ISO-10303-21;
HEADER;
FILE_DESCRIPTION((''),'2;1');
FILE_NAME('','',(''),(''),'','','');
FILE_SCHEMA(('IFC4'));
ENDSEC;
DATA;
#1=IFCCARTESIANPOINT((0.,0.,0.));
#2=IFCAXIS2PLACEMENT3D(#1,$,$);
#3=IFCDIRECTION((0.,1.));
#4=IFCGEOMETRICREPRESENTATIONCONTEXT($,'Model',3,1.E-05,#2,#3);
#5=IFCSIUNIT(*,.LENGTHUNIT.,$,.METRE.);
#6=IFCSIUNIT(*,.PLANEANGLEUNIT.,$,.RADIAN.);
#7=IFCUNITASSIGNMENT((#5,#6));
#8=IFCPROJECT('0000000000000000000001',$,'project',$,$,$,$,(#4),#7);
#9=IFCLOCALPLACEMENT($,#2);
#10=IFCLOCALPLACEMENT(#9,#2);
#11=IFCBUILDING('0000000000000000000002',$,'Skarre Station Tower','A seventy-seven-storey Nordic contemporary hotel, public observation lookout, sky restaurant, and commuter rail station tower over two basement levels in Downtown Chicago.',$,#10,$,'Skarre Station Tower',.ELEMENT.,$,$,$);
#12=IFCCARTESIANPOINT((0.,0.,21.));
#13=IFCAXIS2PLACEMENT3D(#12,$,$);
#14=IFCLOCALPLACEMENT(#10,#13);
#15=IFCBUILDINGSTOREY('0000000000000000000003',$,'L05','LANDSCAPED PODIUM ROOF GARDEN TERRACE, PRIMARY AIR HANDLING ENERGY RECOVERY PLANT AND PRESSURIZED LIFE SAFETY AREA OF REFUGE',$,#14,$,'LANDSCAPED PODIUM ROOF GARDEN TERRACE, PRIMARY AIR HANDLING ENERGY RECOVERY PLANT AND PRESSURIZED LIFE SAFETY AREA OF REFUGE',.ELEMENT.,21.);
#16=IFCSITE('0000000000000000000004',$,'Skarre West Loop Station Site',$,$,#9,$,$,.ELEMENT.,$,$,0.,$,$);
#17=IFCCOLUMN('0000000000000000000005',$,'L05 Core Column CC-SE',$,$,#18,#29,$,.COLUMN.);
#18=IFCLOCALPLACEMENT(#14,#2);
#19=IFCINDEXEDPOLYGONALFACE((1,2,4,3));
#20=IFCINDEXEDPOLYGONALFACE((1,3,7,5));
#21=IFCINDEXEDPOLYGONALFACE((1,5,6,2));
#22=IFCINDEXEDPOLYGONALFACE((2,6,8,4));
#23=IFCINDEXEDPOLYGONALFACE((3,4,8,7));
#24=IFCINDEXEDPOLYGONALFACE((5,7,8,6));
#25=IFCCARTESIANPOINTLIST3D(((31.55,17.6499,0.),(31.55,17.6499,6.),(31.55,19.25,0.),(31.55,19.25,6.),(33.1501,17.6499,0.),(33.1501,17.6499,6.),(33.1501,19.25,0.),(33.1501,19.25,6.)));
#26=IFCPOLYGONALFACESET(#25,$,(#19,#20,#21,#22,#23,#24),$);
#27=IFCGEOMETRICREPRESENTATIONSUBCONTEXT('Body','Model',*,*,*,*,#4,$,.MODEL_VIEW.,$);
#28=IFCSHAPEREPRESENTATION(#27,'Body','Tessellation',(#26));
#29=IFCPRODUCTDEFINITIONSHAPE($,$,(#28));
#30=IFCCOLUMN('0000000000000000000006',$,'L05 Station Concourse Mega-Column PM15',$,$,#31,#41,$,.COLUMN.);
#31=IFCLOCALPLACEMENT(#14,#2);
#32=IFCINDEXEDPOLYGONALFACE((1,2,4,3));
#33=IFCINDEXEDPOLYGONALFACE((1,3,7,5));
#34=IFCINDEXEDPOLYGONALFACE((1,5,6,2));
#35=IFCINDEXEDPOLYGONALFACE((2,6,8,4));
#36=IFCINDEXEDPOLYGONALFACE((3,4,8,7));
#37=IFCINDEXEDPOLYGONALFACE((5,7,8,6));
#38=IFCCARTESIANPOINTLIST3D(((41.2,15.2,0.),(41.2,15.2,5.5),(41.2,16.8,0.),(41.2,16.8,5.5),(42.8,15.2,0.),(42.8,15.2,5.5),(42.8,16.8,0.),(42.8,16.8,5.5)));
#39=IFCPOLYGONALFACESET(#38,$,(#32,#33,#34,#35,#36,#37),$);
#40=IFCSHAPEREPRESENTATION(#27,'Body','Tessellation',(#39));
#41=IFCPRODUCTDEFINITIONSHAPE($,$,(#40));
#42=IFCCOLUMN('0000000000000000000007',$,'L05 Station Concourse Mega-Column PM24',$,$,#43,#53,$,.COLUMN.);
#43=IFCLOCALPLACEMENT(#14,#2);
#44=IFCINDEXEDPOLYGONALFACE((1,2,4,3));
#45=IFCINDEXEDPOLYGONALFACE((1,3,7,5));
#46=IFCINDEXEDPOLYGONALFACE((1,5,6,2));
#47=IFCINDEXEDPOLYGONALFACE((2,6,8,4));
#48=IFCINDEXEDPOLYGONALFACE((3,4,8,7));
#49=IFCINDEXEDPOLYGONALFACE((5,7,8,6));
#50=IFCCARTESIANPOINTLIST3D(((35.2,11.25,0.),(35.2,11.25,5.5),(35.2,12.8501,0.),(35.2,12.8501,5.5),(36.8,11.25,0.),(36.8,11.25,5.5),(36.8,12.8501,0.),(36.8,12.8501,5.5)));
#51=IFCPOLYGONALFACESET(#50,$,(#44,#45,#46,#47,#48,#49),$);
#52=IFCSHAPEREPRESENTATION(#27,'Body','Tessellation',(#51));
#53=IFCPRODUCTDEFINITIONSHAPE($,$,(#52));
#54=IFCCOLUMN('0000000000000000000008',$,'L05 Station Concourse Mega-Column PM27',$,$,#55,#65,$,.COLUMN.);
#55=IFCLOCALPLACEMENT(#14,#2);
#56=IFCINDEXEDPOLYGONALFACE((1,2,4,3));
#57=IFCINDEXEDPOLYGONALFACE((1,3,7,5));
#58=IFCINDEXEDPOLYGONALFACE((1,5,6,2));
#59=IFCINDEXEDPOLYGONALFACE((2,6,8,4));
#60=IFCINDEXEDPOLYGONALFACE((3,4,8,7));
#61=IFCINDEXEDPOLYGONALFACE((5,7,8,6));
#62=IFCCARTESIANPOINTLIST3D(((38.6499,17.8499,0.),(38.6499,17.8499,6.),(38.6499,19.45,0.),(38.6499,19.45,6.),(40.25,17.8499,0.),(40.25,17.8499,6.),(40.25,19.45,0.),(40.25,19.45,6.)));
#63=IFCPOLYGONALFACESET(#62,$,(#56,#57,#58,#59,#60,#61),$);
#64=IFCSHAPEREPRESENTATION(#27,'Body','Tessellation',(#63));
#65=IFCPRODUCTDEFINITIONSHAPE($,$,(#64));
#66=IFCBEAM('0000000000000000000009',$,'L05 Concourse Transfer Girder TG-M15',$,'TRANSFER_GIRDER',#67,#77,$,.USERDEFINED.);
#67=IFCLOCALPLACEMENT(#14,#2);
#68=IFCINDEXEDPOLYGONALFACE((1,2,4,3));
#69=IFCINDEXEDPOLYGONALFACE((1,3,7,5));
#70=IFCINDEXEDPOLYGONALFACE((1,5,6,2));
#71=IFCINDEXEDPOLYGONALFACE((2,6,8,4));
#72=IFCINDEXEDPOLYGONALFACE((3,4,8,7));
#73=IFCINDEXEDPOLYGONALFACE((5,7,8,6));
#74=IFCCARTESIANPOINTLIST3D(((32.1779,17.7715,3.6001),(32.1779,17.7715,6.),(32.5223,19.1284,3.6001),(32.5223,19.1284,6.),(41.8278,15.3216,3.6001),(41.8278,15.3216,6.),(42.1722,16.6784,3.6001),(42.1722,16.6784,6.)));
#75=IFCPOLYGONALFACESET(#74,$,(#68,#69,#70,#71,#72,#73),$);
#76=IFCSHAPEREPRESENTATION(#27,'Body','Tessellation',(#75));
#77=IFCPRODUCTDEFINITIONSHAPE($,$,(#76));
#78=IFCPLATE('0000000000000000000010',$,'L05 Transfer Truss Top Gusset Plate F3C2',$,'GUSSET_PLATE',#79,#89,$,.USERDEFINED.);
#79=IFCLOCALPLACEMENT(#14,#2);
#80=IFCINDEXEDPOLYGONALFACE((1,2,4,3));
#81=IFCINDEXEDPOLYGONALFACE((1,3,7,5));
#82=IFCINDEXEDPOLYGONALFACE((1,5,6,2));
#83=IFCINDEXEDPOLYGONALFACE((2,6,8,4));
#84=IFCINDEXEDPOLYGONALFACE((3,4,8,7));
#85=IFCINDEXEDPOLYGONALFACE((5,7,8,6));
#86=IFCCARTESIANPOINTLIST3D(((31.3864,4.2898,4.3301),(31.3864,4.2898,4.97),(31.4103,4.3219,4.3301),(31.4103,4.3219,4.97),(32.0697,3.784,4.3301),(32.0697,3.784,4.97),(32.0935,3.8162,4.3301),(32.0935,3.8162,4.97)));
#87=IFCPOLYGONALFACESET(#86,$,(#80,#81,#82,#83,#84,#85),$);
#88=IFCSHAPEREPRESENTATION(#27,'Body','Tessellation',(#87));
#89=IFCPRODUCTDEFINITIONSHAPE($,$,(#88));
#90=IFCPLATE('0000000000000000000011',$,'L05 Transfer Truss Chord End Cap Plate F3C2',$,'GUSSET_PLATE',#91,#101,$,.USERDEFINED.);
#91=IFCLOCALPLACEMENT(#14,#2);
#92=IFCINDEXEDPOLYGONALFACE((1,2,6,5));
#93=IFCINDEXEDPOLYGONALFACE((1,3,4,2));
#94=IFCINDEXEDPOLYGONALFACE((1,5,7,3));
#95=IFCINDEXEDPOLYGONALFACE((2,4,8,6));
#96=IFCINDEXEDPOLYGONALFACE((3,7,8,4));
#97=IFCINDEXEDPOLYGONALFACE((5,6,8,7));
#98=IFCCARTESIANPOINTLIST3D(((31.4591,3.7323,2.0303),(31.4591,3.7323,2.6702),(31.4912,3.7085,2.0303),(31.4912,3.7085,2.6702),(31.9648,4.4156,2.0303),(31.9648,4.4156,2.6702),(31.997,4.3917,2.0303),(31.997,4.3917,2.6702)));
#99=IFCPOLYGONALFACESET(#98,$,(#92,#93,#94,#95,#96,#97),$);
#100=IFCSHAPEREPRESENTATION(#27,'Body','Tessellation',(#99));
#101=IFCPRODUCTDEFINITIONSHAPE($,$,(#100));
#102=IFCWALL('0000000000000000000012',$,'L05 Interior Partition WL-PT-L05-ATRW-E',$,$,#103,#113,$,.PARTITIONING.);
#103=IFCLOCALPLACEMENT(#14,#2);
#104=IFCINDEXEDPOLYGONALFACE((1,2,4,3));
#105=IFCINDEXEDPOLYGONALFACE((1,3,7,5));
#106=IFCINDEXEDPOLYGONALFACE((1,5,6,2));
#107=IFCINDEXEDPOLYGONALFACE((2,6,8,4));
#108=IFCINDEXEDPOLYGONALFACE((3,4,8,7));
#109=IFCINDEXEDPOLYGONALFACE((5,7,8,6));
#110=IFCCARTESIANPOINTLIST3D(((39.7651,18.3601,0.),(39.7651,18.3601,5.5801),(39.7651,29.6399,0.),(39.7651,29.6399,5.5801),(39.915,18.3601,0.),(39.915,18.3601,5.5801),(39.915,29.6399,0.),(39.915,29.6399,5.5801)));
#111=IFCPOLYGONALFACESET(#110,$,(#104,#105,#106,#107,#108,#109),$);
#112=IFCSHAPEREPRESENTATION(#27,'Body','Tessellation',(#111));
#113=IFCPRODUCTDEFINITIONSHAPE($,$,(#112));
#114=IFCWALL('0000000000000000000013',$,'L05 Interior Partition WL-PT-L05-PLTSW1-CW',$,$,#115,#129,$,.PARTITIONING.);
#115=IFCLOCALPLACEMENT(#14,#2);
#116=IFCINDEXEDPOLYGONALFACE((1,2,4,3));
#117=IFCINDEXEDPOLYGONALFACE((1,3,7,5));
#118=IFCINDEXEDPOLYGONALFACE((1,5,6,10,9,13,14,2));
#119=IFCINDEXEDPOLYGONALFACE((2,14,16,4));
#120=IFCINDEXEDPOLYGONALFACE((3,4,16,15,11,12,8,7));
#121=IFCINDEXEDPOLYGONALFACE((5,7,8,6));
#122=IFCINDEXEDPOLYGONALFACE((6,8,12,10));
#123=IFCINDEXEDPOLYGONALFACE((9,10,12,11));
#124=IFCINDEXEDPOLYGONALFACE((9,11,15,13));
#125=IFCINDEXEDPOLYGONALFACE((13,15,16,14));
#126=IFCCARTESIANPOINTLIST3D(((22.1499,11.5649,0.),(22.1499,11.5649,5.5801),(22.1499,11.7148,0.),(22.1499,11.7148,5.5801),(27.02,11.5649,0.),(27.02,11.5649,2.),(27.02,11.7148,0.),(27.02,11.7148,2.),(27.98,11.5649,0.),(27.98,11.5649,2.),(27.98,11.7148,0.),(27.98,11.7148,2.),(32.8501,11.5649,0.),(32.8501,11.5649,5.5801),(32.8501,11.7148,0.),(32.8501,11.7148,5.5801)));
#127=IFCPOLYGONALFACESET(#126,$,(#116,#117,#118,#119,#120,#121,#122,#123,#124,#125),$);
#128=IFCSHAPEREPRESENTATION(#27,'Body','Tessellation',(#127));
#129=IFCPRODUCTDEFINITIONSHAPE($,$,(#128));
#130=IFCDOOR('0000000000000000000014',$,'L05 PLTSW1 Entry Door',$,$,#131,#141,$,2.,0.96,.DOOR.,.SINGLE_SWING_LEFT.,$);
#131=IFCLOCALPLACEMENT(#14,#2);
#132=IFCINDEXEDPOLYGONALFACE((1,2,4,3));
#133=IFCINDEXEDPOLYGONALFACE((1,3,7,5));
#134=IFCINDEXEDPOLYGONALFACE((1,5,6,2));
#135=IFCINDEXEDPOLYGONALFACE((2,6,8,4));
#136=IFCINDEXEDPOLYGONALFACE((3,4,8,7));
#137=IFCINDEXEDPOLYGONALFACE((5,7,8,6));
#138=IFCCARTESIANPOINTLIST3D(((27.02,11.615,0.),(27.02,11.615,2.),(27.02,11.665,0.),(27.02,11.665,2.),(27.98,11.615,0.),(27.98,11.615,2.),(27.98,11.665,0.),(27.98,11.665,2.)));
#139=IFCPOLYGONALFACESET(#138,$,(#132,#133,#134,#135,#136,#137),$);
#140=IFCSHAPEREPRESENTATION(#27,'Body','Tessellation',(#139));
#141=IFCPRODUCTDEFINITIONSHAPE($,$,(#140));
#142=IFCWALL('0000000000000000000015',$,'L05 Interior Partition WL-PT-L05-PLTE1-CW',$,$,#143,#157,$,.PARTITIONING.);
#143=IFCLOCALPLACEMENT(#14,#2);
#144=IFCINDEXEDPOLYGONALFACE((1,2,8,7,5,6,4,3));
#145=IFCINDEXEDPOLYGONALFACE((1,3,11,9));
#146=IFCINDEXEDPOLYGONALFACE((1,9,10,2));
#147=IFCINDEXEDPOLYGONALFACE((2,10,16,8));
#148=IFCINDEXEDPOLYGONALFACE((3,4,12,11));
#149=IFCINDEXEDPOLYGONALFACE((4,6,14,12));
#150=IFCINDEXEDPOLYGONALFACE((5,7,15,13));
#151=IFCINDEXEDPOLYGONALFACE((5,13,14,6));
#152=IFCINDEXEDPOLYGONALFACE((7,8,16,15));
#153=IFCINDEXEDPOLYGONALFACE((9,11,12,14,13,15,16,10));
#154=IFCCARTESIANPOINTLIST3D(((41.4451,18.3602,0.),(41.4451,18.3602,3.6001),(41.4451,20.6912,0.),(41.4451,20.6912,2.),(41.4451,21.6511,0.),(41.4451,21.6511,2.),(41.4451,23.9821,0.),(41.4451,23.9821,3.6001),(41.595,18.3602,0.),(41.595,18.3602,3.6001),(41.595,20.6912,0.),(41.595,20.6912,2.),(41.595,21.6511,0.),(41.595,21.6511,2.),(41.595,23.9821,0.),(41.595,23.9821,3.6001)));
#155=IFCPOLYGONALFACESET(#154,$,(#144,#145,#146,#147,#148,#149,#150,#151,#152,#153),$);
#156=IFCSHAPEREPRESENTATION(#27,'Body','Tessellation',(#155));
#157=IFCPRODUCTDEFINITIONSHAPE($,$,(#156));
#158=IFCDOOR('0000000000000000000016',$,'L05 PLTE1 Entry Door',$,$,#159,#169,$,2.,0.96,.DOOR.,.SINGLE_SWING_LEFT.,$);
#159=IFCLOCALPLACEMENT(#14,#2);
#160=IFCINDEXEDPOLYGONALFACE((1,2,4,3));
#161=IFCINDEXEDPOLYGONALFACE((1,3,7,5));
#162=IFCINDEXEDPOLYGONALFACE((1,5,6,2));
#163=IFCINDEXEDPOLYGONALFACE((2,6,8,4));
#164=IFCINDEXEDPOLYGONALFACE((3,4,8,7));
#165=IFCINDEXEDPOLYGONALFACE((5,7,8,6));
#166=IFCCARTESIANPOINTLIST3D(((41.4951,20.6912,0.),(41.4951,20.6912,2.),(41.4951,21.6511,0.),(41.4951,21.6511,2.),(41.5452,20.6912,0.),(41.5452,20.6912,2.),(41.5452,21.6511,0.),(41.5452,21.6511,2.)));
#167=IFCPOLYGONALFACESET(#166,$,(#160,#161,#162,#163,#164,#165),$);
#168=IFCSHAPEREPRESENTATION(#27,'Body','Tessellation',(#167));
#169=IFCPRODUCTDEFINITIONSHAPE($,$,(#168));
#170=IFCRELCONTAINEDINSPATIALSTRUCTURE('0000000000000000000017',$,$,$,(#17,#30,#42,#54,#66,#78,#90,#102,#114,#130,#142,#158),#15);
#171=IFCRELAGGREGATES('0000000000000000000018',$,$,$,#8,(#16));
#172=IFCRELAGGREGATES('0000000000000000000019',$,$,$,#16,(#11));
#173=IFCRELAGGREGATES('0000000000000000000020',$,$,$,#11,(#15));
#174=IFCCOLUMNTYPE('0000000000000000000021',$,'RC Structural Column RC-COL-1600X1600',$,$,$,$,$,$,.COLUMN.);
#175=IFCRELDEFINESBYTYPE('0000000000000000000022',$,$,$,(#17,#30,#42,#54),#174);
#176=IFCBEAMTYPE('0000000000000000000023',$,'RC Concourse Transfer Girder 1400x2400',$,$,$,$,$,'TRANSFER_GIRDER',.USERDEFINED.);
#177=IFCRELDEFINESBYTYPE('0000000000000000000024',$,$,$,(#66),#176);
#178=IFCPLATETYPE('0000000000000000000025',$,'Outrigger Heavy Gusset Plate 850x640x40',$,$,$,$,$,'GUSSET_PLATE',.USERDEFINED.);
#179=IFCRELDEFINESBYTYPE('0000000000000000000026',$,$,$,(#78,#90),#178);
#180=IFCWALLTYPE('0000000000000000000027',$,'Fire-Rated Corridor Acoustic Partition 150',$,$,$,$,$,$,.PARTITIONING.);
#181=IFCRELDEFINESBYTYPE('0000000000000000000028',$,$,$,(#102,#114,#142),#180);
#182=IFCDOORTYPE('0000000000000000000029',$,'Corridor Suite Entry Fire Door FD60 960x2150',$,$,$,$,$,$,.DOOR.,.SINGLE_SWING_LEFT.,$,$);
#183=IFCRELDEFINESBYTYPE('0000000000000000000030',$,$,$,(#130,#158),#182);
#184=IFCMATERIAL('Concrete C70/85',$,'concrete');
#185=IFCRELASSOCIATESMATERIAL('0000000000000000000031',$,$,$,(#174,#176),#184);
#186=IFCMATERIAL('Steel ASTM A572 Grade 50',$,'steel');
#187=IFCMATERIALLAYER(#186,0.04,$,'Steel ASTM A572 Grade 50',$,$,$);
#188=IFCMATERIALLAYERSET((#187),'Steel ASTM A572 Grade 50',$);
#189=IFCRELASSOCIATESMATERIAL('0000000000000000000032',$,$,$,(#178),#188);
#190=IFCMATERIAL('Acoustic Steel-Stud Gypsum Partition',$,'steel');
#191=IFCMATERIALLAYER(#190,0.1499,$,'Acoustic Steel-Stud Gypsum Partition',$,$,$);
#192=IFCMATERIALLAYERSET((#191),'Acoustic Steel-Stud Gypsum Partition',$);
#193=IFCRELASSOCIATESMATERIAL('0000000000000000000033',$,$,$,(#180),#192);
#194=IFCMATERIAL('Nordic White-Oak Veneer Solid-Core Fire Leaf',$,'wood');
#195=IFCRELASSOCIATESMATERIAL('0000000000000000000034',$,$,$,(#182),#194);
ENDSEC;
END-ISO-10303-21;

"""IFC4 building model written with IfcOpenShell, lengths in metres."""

from ifc_helpers import new_model, si_unit, direction, frame, frame_2d, origin, origin_2d, place, context, subcontext, project, spatial, rectangle, extrude, material, layer, layer_set, material_profile, profile_set, type_object, element, fill, save


model = new_model("IFC4")

# Units and contexts
model_context = context("Model", 3, precision=1e-05, world=origin(), true_north=direction((0.0, 1.0)))
body_context = subcontext(model_context, "Body", "Model", "MODEL_VIEW")
ifc_project = project(units=[si_unit("LENGTHUNIT", "METRE"), si_unit("PLANEANGLEUNIT", "RADIAN")], contexts=[model_context])

# Site, building, storey
site_placement = place(None, origin())
site = spatial("IfcSite", under=ifc_project, at=site_placement, Name="Skarre West Loop Station Site", CompositionType="ELEMENT", RefElevation=0.0)
building_placement = place(site_placement, origin())
building = spatial("IfcBuilding", under=site, at=building_placement, Name="Skarre Station Tower", Description="A seventy-seven-storey Nordic contemporary hotel, public observation lookout, sky restaurant, and commuter rail station tower over two basement levels in Downtown Chicago.", LongName="Skarre Station Tower", CompositionType="ELEMENT")
storey_placement = place(building_placement, frame((0.0, 0.0, 21.0)))
storey = spatial("IfcBuildingStorey", under=building, at=storey_placement, Name="L05", Description="LANDSCAPED PODIUM ROOF GARDEN TERRACE, PRIMARY AIR HANDLING ENERGY RECOVERY PLANT AND PRESSURIZED LIFE SAFETY AREA OF REFUGE", LongName="LANDSCAPED PODIUM ROOF GARDEN TERRACE, PRIMARY AIR HANDLING ENERGY RECOVERY PLANT AND PRESSURIZED LIFE SAFETY AREA OF REFUGE", CompositionType="ELEMENT", Elevation=21.0)

# Columns
ifc_material_1 = material(Name="Concrete C70/85", Category="concrete")
ifc_material_profile_1 = material_profile(ifc_material_1, rectangle(XDim=1.6001, YDim=1.6001, at=origin_2d()), Name="Concrete C70/85")
ifc_profile_set_1 = profile_set([ifc_material_profile_1], Name="Concrete C70/85")
column_type = type_object("IfcColumnType", Name="RC Structural Column RC-COL-1600X1600", PredefinedType="COLUMN", material=ifc_profile_set_1)
column_1_placement = place(storey_placement, frame((32.3501, 18.45, 0.0), z_axis=(0.0, 0.0, 1.0), x_axis=(1.0, 0.0, 0.0)))
element("IfcColumn", 1, at=column_1_placement, inside=storey, type_object=column_type, Name="L05 Core Column CC-SE", PredefinedType="COLUMN", context=body_context, shape_type="SweptSolid", body=[
    extrude(rectangle(XDim=1.6001, YDim=1.6001, at=origin_2d()), origin(), (0.0, 0.0, 1.0), 6.0),
])
for number, where, z_axis, x_axis, name in (
    (2, (42.0, 16.0, 0.0), (0.0, 0.0, 1.0), (1.0, 0.0, 0.0), "L05 Station Concourse Mega-Column PM15"),
    (3, (36.0, 12.05, 0.0), (0.0, 0.0, 1.0), (1.0, 0.0, 0.0), "L05 Station Concourse Mega-Column PM24"),
):
    element("IfcColumn", number, at=place(storey_placement, frame(where, z_axis=z_axis, x_axis=x_axis)), inside=storey, type_object=column_type, Name=name, PredefinedType="COLUMN", context=body_context, shape_type="SweptSolid", body=[
        extrude(rectangle(XDim=1.6001, YDim=1.6001, at=origin_2d()), origin(), (0.0, 0.0, 1.0), 5.5),
    ])
column_2_placement = place(storey_placement, frame((39.45, 18.6499, 0.0), z_axis=(0.0, 0.0, 1.0), x_axis=(1.0, 0.0, 0.0)))
element("IfcColumn", 4, at=column_2_placement, inside=storey, type_object=column_type, Name="L05 Station Concourse Mega-Column PM27", PredefinedType="COLUMN", context=body_context, shape_type="SweptSolid", body=[
    extrude(rectangle(XDim=1.6001, YDim=1.6001, at=origin_2d()), origin(), (0.0, 0.0, 1.0), 6.0),
])

# Beam
ifc_material_profile_2 = material_profile(ifc_material_1, rectangle(XDim=1.3999, YDim=2.3999, at=origin_2d()), Name="Concrete C70/85")
ifc_profile_set_2 = profile_set([ifc_material_profile_2], Name="Concrete C70/85")
beam_type = type_object("IfcBeamType", Name="RC Concourse Transfer Girder 1400x2400", ElementType="TRANSFER_GIRDER", PredefinedType="USERDEFINED", material=ifc_profile_set_2)
beam_placement = place(storey_placement, frame((32.3501, 18.45, 4.8), z_axis=(0.96925, -0.246077, 0.0), x_axis=(0.246077, 0.96925, 0.0)))
element("IfcBeam", 5, at=beam_placement, inside=storey, type_object=beam_type, Name="L05 Concourse Transfer Girder TG-M15", ObjectType="TRANSFER_GIRDER", PredefinedType="USERDEFINED", context=body_context, shape_type="SweptSolid", body=[
    extrude(rectangle(XDim=1.3999, YDim=2.3999, at=origin_2d()), origin(), (0.0, 0.0, 1.0), 9.9561),
])

# Plates
ifc_material_2 = material(Name="Steel ASTM A572 Grade 50", Category="steel")
ifc_layer_1 = layer(ifc_material_2, 0.04, Name="Steel ASTM A572 Grade 50")
ifc_layer_set_1 = layer_set([ifc_layer_1], Name="Steel ASTM A572 Grade 50")
plate_type = type_object("IfcPlateType", Name="Outrigger Heavy Gusset Plate 850x640x40", ElementType="GUSSET_PLATE", PredefinedType="USERDEFINED", material=ifc_layer_set_1)
plate_1_placement = place(storey_placement, frame((31.74, 4.053, 4.3301), z_axis=(0.0, 0.0, 1.0), x_axis=(-0.803784, 0.594921, 0.0)))
element("IfcPlate", 6, at=plate_1_placement, inside=storey, type_object=plate_type, Name="L05 Transfer Truss Top Gusset Plate F3C2", ObjectType="GUSSET_PLATE", PredefinedType="USERDEFINED", context=body_context, shape_type="SweptSolid", body=[
    extrude(rectangle(XDim=0.8501, YDim=0.04, at=origin_2d()), origin(), (0.0, 0.0, 1.0), 0.6399),
])
plate_2_placement = place(storey_placement, frame((31.728, 4.062, 2.0303), z_axis=(0.0, 0.0, 1.0), x_axis=(-0.803784, 0.594921, 0.0)))
element("IfcPlate", 7, at=plate_2_placement, inside=storey, type_object=plate_type, Name="L05 Transfer Truss Chord End Cap Plate F3C2", ObjectType="GUSSET_PLATE", PredefinedType="USERDEFINED", context=body_context, shape_type="SweptSolid", body=[
    extrude(rectangle(XDim=0.04, YDim=0.8501, at=origin_2d()), origin(), (0.0, 0.0, 1.0), 0.6399),
])

# Wall
ifc_material_3 = material(Name="Acoustic Steel-Stud Gypsum Partition", Category="steel")
ifc_layer_2 = layer(ifc_material_3, 0.1499, Name="Acoustic Steel-Stud Gypsum Partition")
ifc_layer_set_2 = layer_set([ifc_layer_2], Name="Acoustic Steel-Stud Gypsum Partition")
wall_type_1 = type_object("IfcWallType", Name="Fire-Rated Corridor Acoustic Partition 150", PredefinedType="PARTITIONING", material=ifc_layer_set_2)
wall_1_placement = place(storey_placement, frame((39.8401, 18.3601, 0.0), z_axis=(0.0, 0.0, 1.0), x_axis=(0.0, 1.0, 0.0)))
element("IfcWall", 8, at=wall_1_placement, inside=storey, type_object=wall_type_1, Name="L05 Interior Partition WL-PT-L05-ATRW-E", PredefinedType="PARTITIONING", context=body_context, shape_type="SweptSolid", body=[
    extrude(rectangle(XDim=11.2798, YDim=0.1499, at=frame_2d((5.6399, 0.0))), origin(), (0.0, 0.0, 1.0), 5.5801),
])

# Walls, openings, doors
wall_2_placement = place(storey_placement, frame((32.8501, 11.6399, 0.0), z_axis=(0.0, 0.0, 1.0), x_axis=(-1.0, 0.0, 0.0)))
wall_2 = element("IfcWall", 9, at=wall_2_placement, inside=storey, type_object=wall_type_1, Name="L05 Interior Partition WL-PT-L05-PLTSW1-CW", PredefinedType="PARTITIONING", context=body_context, shape_type="SweptSolid", body=[
    extrude(rectangle(XDim=10.7002, YDim=0.1499, at=frame_2d((5.3501, 0.0))), origin(), (0.0, 0.0, 1.0), 5.5801),
])
opening_1_placement = place(wall_2_placement, frame((4.8701, 0.0, 0.0)))
opening_1 = element("IfcOpeningElement", 10, at=opening_1_placement, cuts=wall_2, PredefinedType="OPENING", context=body_context, shape_type="SweptSolid", body=[
    extrude(rectangle(XDim=0.96, YDim=2.0, at=frame_2d((0.48, 1.0))), frame((0.0, 0.085, 0.0), z_axis=(0.0, -1.0, 0.0), x_axis=(1.0, 0.0, 0.0)), (0.0, 0.0, 1.0), 0.1699),
])
ifc_material_4 = material(Name="Nordic White-Oak Veneer Solid-Core Fire Leaf", Category="wood")
door_type_1 = type_object("IfcDoorType", Name="Corridor Suite Entry Fire Door FD60 960x2150", OperationType="SINGLE_SWING_LEFT", PredefinedType="DOOR", material=ifc_material_4)
door_1_placement = place(opening_1_placement, origin())
door_1 = element("IfcDoor", 11, at=door_1_placement, inside=storey, type_object=door_type_1, Name="L05 PLTSW1 Entry Door", OperationType="SINGLE_SWING_LEFT", OverallHeight=2.0, OverallWidth=0.96, PredefinedType="DOOR", context=body_context, shape_type="SweptSolid", body=[
    extrude(rectangle(XDim=0.96, YDim=2.0, at=frame_2d((0.48, 1.0))), frame((0.0, 0.0249, 0.0), z_axis=(0.0, -1.0, 0.0), x_axis=(1.0, 0.0, 0.0)), (0.0, 0.0, 1.0), 0.05),
])
fill(opening_1, door_1)
wall_3_placement = place(storey_placement, frame((41.52, 18.3601, 0.0), z_axis=(0.0, 0.0, 1.0), x_axis=(0.0, 1.0, 0.0)))
wall_3 = element("IfcWall", 12, at=wall_3_placement, inside=storey, type_object=wall_type_1, Name="L05 Interior Partition WL-PT-L05-PLTE1-CW", PredefinedType="PARTITIONING", context=body_context, shape_type="SweptSolid", body=[
    extrude(rectangle(XDim=5.6218, YDim=0.1499, at=frame_2d((2.811, 0.0))), origin(), (0.0, 0.0, 1.0), 3.6001),
])
opening_2_placement = place(wall_3_placement, frame((2.3311, 0.0, 0.0)))
opening_2 = element("IfcOpeningElement", 13, at=opening_2_placement, cuts=wall_3, PredefinedType="OPENING", context=body_context, shape_type="SweptSolid", body=[
    extrude(rectangle(XDim=0.96, YDim=2.0, at=frame_2d((0.48, 1.0))), frame((0.0, 0.085, 0.0), z_axis=(0.0, -1.0, 0.0), x_axis=(1.0, 0.0, 0.0)), (0.0, 0.0, 1.0), 0.1699),
])
door_2_placement = place(opening_2_placement, origin())
door_2 = element("IfcDoor", 14, at=door_2_placement, inside=storey, type_object=door_type_1, Name="L05 PLTE1 Entry Door", OperationType="SINGLE_SWING_LEFT", OverallHeight=2.0, OverallWidth=0.96, PredefinedType="DOOR", context=body_context, shape_type="SweptSolid", body=[
    extrude(rectangle(XDim=0.96, YDim=2.0, at=frame_2d((0.48, 1.0))), frame((0.0, 0.0249, 0.0), z_axis=(0.0, -1.0, 0.0), x_axis=(1.0, 0.0, 0.0)), (0.0, 0.0, 1.0), 0.05),
])
fill(opening_2, door_2)

save(model, "model.ifc")
